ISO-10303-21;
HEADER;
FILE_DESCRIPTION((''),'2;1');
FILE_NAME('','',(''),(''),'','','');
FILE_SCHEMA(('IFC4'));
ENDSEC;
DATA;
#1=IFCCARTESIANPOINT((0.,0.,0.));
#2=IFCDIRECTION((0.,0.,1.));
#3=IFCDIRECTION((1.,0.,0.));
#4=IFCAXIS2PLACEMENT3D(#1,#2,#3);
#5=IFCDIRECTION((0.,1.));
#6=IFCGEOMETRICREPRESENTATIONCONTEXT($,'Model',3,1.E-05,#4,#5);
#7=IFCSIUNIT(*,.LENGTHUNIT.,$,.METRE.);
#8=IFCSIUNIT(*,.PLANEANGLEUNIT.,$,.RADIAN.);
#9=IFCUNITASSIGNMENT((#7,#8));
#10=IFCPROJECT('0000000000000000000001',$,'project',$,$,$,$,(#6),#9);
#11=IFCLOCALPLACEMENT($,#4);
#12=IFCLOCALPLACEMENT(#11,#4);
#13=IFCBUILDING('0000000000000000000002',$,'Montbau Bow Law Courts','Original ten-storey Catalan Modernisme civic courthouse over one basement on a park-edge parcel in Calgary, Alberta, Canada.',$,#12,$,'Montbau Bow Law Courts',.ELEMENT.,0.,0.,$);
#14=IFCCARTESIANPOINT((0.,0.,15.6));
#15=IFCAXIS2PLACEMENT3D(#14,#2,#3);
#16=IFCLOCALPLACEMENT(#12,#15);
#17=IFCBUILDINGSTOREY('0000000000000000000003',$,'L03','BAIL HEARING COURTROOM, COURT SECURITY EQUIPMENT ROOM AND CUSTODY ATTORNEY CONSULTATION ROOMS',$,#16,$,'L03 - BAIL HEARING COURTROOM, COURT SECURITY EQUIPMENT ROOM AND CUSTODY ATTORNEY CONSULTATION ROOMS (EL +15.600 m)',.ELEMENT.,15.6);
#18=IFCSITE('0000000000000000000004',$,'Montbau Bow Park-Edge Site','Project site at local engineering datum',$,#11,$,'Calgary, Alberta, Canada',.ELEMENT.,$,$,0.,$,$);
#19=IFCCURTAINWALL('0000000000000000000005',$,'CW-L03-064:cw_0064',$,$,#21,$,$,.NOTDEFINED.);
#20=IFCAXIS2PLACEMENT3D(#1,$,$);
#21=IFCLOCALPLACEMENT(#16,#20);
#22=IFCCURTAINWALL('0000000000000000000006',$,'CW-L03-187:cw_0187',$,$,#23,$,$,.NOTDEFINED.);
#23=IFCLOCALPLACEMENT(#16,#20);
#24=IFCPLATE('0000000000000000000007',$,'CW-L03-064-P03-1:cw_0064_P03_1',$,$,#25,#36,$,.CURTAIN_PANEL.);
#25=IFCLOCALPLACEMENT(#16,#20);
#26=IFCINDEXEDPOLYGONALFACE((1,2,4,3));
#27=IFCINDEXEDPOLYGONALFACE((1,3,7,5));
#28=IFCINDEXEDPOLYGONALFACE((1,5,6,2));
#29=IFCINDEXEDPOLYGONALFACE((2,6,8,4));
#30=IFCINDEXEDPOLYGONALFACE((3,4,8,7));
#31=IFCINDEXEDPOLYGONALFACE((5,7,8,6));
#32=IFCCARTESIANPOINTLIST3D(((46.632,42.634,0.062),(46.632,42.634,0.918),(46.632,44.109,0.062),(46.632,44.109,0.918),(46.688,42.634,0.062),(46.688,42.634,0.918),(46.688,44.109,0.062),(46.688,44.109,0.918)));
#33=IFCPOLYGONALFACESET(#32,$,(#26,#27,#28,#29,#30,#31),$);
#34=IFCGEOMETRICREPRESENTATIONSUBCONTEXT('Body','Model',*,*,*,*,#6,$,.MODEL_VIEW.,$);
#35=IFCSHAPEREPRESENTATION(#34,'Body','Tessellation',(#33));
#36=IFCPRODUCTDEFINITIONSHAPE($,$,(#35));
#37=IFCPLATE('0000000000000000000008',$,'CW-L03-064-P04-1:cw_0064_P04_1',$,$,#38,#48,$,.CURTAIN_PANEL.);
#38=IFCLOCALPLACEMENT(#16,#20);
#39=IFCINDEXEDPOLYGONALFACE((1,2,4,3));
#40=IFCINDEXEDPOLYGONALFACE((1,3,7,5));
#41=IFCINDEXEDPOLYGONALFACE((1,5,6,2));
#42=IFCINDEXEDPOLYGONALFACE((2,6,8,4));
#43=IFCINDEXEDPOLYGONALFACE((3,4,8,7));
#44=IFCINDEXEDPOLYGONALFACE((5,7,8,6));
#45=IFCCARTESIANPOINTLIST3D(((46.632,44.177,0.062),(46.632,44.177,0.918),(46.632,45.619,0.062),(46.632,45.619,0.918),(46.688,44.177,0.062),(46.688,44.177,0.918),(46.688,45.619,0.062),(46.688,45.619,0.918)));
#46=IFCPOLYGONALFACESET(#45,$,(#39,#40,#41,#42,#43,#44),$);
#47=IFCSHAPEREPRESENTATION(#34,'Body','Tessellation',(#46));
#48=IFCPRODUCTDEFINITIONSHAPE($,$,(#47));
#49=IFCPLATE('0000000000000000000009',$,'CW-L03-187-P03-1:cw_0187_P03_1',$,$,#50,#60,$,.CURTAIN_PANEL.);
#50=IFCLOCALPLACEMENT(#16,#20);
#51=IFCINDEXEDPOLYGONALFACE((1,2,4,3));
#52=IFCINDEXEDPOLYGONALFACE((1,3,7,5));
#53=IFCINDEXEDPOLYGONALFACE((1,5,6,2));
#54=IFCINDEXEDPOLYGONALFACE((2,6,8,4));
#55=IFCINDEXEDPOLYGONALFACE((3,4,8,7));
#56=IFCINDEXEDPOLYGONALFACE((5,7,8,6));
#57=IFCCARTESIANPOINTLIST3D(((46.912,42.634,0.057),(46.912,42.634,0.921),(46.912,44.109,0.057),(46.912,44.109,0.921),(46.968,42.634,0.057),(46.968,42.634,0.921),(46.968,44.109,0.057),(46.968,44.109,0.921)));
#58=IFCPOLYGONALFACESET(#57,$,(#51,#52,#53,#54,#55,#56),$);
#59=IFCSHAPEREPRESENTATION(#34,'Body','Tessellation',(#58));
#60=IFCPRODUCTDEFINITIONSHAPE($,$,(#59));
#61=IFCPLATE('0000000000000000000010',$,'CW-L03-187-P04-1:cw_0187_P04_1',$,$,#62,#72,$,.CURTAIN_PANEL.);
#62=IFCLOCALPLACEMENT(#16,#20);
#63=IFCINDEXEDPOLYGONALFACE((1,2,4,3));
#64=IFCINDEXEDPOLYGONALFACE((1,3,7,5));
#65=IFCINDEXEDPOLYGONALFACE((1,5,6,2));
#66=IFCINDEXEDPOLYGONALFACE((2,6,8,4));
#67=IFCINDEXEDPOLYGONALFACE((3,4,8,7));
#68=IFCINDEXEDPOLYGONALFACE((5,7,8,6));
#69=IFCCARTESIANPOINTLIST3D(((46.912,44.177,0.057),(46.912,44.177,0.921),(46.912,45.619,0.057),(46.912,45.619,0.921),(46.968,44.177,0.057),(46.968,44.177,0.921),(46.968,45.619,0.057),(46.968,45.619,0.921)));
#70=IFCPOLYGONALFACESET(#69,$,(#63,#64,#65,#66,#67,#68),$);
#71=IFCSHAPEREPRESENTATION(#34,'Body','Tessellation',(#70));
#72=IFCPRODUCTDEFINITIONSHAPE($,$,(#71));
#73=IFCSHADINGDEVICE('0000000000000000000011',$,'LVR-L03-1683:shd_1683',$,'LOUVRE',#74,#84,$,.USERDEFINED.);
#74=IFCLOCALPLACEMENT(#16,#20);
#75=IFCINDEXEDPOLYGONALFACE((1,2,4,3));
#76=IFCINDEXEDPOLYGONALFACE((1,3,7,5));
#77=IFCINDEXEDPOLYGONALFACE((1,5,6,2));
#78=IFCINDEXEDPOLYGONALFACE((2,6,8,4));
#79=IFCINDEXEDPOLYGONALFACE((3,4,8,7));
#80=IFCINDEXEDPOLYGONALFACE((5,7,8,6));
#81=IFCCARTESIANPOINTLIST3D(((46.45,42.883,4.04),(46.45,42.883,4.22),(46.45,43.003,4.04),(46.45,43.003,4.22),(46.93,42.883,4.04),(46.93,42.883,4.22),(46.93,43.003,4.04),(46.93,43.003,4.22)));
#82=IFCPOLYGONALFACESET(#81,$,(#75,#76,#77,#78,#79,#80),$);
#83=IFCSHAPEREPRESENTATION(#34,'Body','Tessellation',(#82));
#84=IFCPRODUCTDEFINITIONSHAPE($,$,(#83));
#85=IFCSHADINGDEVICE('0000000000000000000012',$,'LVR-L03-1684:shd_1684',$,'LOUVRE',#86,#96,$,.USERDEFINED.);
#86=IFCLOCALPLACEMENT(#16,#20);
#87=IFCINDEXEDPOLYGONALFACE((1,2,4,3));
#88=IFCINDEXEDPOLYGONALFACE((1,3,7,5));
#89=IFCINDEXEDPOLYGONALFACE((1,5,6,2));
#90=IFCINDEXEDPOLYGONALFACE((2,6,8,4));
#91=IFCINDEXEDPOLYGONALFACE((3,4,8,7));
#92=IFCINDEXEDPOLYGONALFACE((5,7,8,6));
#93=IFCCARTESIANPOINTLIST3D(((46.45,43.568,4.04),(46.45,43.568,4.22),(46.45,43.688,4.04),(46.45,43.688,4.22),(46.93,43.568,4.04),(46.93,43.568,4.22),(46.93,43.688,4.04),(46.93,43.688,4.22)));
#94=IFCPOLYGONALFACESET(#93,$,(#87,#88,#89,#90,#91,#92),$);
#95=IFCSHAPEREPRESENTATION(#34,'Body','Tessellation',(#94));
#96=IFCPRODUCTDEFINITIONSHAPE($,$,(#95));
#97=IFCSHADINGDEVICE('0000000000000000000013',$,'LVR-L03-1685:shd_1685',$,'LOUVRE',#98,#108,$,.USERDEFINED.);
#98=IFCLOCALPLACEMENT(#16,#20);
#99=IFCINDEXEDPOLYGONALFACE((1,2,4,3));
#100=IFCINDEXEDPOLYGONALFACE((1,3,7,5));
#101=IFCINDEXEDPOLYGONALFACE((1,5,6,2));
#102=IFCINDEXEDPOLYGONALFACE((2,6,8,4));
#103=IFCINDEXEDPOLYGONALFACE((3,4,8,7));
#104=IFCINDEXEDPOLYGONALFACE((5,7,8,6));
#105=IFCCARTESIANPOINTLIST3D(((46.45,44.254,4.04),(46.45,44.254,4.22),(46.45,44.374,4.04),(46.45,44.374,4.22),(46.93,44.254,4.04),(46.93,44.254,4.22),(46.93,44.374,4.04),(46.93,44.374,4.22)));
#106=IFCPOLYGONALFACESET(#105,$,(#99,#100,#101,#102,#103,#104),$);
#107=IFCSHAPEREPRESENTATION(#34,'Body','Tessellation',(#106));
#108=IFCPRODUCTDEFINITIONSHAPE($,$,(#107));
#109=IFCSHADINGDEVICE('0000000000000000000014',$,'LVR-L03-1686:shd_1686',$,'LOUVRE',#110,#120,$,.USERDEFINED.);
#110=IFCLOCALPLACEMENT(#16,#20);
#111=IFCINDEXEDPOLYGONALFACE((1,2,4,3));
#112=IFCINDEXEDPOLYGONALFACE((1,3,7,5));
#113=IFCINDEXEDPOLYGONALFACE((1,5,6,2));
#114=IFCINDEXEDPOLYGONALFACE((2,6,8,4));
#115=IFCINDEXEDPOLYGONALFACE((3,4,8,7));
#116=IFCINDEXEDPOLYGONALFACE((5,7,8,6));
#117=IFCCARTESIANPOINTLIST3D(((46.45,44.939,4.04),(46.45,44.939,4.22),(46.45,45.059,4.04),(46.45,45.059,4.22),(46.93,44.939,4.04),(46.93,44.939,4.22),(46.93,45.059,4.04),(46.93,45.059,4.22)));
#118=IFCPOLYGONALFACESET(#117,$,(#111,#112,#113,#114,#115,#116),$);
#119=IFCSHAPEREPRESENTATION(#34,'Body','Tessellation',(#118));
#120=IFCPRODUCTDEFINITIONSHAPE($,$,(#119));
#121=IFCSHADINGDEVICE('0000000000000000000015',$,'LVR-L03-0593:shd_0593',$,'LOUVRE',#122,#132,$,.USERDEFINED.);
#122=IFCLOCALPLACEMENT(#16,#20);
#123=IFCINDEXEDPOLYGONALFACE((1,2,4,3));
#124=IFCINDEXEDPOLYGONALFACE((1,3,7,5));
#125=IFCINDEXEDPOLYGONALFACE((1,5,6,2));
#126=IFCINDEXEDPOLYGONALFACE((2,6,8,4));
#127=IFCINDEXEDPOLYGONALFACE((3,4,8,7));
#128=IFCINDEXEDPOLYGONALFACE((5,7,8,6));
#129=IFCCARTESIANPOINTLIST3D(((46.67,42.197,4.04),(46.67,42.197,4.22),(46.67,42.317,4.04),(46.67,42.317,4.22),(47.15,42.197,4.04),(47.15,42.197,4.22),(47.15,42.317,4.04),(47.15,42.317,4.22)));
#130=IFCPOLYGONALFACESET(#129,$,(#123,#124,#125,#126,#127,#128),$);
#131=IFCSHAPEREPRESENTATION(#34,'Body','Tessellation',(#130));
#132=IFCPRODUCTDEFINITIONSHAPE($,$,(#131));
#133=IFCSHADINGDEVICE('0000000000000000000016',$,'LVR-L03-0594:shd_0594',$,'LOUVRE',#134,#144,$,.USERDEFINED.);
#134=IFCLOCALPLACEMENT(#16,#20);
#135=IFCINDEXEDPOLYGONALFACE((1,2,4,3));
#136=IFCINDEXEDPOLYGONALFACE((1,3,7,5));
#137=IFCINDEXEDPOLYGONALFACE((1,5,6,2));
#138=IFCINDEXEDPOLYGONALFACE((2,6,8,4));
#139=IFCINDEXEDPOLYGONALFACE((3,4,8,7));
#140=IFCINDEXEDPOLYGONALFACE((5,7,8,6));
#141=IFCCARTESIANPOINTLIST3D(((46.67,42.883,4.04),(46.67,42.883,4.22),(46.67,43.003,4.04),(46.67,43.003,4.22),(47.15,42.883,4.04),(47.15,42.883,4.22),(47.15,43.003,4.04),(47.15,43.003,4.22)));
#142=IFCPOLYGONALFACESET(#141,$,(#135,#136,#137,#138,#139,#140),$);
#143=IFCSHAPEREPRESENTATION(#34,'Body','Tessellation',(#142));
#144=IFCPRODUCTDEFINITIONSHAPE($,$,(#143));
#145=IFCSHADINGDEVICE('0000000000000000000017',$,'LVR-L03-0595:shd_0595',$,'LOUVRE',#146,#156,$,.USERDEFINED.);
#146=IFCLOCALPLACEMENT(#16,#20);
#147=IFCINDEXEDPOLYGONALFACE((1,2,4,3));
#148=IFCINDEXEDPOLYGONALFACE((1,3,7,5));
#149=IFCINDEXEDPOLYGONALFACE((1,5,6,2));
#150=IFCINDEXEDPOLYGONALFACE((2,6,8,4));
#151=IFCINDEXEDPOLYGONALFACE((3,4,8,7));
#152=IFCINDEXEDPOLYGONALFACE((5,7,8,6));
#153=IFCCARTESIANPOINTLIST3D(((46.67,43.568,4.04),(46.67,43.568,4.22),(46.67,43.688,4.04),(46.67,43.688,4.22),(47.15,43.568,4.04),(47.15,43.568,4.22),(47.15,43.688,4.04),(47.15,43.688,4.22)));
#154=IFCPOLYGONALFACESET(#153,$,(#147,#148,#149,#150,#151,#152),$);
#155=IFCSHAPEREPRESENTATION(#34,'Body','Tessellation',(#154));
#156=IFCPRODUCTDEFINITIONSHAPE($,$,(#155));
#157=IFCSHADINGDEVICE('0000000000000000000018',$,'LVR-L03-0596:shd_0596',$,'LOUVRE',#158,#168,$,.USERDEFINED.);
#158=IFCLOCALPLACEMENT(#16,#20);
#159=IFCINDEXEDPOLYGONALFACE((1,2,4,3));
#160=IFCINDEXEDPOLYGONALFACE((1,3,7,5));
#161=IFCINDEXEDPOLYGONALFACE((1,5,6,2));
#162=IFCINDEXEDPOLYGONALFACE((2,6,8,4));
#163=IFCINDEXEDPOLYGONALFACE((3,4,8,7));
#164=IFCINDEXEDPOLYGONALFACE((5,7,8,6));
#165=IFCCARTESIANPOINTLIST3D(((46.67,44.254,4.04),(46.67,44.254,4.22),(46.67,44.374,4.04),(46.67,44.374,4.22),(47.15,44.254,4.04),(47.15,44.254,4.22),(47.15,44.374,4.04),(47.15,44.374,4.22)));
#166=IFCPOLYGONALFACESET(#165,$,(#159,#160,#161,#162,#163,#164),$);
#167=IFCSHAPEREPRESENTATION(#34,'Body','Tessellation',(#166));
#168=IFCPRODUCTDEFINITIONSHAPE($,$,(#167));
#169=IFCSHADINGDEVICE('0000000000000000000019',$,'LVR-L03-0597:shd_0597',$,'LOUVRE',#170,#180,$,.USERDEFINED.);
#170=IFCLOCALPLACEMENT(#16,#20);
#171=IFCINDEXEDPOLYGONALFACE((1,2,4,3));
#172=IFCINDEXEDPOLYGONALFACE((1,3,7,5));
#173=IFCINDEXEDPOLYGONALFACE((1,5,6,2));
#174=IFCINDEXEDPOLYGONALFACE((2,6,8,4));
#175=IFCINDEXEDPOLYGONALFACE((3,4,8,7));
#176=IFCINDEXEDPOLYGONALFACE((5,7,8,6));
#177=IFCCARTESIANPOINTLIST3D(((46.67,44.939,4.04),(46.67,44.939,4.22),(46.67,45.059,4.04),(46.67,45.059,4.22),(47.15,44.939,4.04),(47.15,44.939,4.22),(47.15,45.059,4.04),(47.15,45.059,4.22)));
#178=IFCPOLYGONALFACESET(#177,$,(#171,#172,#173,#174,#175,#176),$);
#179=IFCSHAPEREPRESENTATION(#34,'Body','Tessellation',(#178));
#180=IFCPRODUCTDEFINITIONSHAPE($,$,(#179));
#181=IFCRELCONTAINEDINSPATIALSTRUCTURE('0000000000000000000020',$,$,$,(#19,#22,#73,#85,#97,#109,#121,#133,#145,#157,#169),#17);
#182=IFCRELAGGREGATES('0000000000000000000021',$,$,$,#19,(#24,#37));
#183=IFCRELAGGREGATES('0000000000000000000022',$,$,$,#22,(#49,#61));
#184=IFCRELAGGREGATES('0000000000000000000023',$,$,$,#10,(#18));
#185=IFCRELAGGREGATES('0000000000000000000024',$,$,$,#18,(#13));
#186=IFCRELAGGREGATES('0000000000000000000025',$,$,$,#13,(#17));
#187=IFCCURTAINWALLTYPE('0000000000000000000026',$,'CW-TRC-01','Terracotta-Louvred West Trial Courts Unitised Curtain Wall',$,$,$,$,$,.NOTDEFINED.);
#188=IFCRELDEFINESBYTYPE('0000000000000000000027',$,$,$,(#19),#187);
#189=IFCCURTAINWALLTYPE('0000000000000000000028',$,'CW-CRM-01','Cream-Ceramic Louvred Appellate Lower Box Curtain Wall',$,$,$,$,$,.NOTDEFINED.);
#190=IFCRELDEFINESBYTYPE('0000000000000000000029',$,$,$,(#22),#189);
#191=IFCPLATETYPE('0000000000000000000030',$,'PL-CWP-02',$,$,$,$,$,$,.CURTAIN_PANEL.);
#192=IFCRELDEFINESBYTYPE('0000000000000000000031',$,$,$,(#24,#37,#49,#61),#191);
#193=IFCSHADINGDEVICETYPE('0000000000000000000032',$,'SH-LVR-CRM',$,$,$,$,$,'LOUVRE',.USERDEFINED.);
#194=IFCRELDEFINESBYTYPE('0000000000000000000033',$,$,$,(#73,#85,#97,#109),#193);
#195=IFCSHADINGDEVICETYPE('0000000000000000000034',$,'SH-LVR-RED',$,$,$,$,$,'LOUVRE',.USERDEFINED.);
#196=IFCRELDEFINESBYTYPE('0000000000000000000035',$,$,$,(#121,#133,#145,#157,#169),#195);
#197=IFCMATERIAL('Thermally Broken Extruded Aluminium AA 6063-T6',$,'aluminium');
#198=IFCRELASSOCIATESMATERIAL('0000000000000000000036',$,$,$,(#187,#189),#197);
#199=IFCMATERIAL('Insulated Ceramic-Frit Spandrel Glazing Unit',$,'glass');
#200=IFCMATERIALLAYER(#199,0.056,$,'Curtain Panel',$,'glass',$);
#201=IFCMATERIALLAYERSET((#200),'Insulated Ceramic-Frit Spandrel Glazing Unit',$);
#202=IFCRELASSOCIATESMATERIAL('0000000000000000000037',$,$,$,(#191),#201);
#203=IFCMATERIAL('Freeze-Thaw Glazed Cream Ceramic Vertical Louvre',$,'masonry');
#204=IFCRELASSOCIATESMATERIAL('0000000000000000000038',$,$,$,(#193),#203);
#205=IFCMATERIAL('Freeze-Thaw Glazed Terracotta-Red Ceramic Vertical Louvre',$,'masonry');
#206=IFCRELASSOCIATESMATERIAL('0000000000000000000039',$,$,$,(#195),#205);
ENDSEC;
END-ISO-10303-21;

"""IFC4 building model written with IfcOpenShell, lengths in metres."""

from ifc_helpers import new_model, si_unit, direction, frame, frame_2d, origin_with_axes, origin_2d_with_axis, place, context, subcontext, project, spatial, rectangle, extrude, material, layer, layer_set, type_object, element, aggregate, save


model = new_model("IFC4")

# Units and contexts
model_context = context("Model", 3, precision=1e-05, world=origin_with_axes(), true_north=direction((0.0, 1.0)))
body_context = subcontext(model_context, "Body", "Model", "MODEL_VIEW")
ifc_project = project(units=[si_unit("LENGTHUNIT", "METRE"), si_unit("PLANEANGLEUNIT", "RADIAN")], contexts=[model_context])

# Site, building, storey
site_placement = place(None, origin_with_axes())
site = spatial("IfcSite", under=ifc_project, at=site_placement, Name="Montbau Bow Park-Edge Site", Description="Project site at local engineering datum", LongName="Calgary, Alberta, Canada", CompositionType="ELEMENT", RefElevation=0.0)
building_placement = place(site_placement, origin_with_axes())
building = spatial("IfcBuilding", under=site, at=building_placement, Name="Montbau Bow Law Courts", Description="Original ten-storey Catalan Modernisme civic courthouse over one basement on a park-edge parcel in Calgary, Alberta, Canada.", LongName="Montbau Bow Law Courts", CompositionType="ELEMENT", ElevationOfRefHeight=0.0, ElevationOfTerrain=0.0)
storey_placement = place(building_placement, frame((0.0, 0.0, 15.6), z_axis=(0.0, 0.0, 1.0), x_axis=(1.0, 0.0, 0.0)))
storey = spatial("IfcBuildingStorey", under=building, at=storey_placement, Name="L03", Description="BAIL HEARING COURTROOM, COURT SECURITY EQUIPMENT ROOM AND CUSTODY ATTORNEY CONSULTATION ROOMS", LongName="L03 - BAIL HEARING COURTROOM, COURT SECURITY EQUIPMENT ROOM AND CUSTODY ATTORNEY CONSULTATION ROOMS (EL +15.600 m)", CompositionType="ELEMENT", Elevation=15.6)

# Curtain walls
ifc_material_1 = material(Name="Thermally Broken Extruded Aluminium AA 6063-T6", Category="aluminium")
curtain_wall_type_1 = type_object("IfcCurtainWallType", Name="CW-TRC-01", Description="Terracotta-Louvred West Trial Courts Unitised Curtain Wall", PredefinedType="NOTDEFINED", material=ifc_material_1)
curtain_wall_1_placement = place(None, frame((46.66, 39.515, 15.6), z_axis=(0.0, 0.0, 1.0), x_axis=(1.0, 0.0, 0.0)))
curtain_wall_1 = element("IfcCurtainWall", 1, at=curtain_wall_1_placement, inside=storey, type_object=curtain_wall_type_1, Name="CW-L03-064:cw_0064", PredefinedType="NOTDEFINED")
curtain_wall_type_2 = type_object("IfcCurtainWallType", Name="CW-CRM-01", Description="Cream-Ceramic Louvred Appellate Lower Box Curtain Wall", PredefinedType="NOTDEFINED", material=ifc_material_1)
curtain_wall_2_placement = place(None, frame((46.94, 39.515, 15.6), z_axis=(0.0, 0.0, 1.0), x_axis=(1.0, 0.0, 0.0)))
curtain_wall_2 = element("IfcCurtainWall", 2, at=curtain_wall_2_placement, inside=storey, type_object=curtain_wall_type_2, Name="CW-L03-187:cw_0187", PredefinedType="NOTDEFINED")

# Plates
ifc_material_2 = material(Name="Insulated Ceramic-Frit Spandrel Glazing Unit", Category="glass")
ifc_layer_1 = layer(ifc_material_2, 0.056, Name="Curtain Panel", Category="glass")
ifc_layer_set_1 = layer_set([ifc_layer_1], Name="Insulated Ceramic-Frit Spandrel Glazing Unit")
plate_type_1 = type_object("IfcPlateType", Name="PL-CWP-02", PredefinedType="CURTAIN_PANEL", material=ifc_layer_set_1)
plate_1_placement = place(None, frame((46.66, 42.634, 15.662), z_axis=(1.0, 0.0, 0.0), x_axis=(0.0, 1.0, 0.0)))
plate_1 = element("IfcPlate", 3, at=plate_1_placement, type_object=plate_type_1, Name="CW-L03-064-P03-1:cw_0064_P03_1", PredefinedType="CURTAIN_PANEL", context=body_context, shape_type="SweptSolid", body=[
    extrude(rectangle(XDim=1.475, YDim=0.856, at=frame_2d((0.7375, 0.428), x_axis=(1.0, 0.0))), frame((0.0, 0.0, -0.028), z_axis=(0.0, 0.0, 1.0), x_axis=(1.0, 0.0, 0.0)), (0.0, 0.0, 1.0), 0.056),
])
plate_2_placement = place(None, frame((46.66, 44.177, 15.662), z_axis=(1.0, 0.0, 0.0), x_axis=(0.0, 1.0, 0.0)))
plate_2 = element("IfcPlate", 4, at=plate_2_placement, type_object=plate_type_1, Name="CW-L03-064-P04-1:cw_0064_P04_1", PredefinedType="CURTAIN_PANEL", context=body_context, shape_type="SweptSolid", body=[
    extrude(rectangle(XDim=1.442, YDim=0.856, at=frame_2d((0.721, 0.428), x_axis=(1.0, 0.0))), frame((0.0, 0.0, -0.028), z_axis=(0.0, 0.0, 1.0), x_axis=(1.0, 0.0, 0.0)), (0.0, 0.0, 1.0), 0.056),
])
aggregate(curtain_wall_1, [plate_1, plate_2])
plate_3_placement = place(None, frame((46.94, 42.634, 15.657), z_axis=(1.0, 0.0, 0.0), x_axis=(0.0, 1.0, 0.0)))
plate_3 = element("IfcPlate", 5, at=plate_3_placement, type_object=plate_type_1, Name="CW-L03-187-P03-1:cw_0187_P03_1", PredefinedType="CURTAIN_PANEL", context=body_context, shape_type="SweptSolid", body=[
    extrude(rectangle(XDim=1.475, YDim=0.864, at=frame_2d((0.7375, 0.432), x_axis=(1.0, 0.0))), frame((0.0, 0.0, -0.028), z_axis=(0.0, 0.0, 1.0), x_axis=(1.0, 0.0, 0.0)), (0.0, 0.0, 1.0), 0.056),
])
plate_4_placement = place(None, frame((46.94, 44.177, 15.657), z_axis=(1.0, 0.0, 0.0), x_axis=(0.0, 1.0, 0.0)))
plate_4 = element("IfcPlate", 6, at=plate_4_placement, type_object=plate_type_1, Name="CW-L03-187-P04-1:cw_0187_P04_1", PredefinedType="CURTAIN_PANEL", context=body_context, shape_type="SweptSolid", body=[
    extrude(rectangle(XDim=1.442, YDim=0.864, at=frame_2d((0.721, 0.432), x_axis=(1.0, 0.0))), frame((0.0, 0.0, -0.028), z_axis=(0.0, 0.0, 1.0), x_axis=(1.0, 0.0, 0.0)), (0.0, 0.0, 1.0), 0.056),
])
aggregate(curtain_wall_2, [plate_3, plate_4])

# Shading devices
ifc_material_3 = material(Name="Freeze-Thaw Glazed Cream Ceramic Vertical Louvre", Category="masonry")
shading_device_type_1 = type_object("IfcShadingDeviceType", Name="SH-LVR-CRM", ElementType="LOUVRE", PredefinedType="USERDEFINED", material=ifc_material_3)
for number, where, z_axis, x_axis, name in (
    (7, (46.69, 42.943, 19.64), (0.0, 0.0, 1.0), (-1.0, 0.0, 0.0), "LVR-L03-1683:shd_1683"),
    (8, (46.69, 43.628, 19.64), (0.0, 0.0, 1.0), (-1.0, 0.0, 0.0), "LVR-L03-1684:shd_1684"),
    (9, (46.69, 44.314, 19.64), (0.0, 0.0, 1.0), (-1.0, 0.0, 0.0), "LVR-L03-1685:shd_1685"),
    (10, (46.69, 44.999, 19.64), (0.0, 0.0, 1.0), (-1.0, 0.0, 0.0), "LVR-L03-1686:shd_1686"),
):
    element("IfcShadingDevice", number, at=place(None, frame(where, z_axis=z_axis, x_axis=x_axis)), inside=storey, type_object=shading_device_type_1, Name=name, ObjectType="LOUVRE", PredefinedType="USERDEFINED", context=body_context, shape_type="SweptSolid", body=[
        extrude(rectangle(XDim=0.48, YDim=0.12, at=origin_2d_with_axis()), origin_with_axes(), (0.0, 0.0, 1.0), 0.18),
    ])
ifc_material_4 = material(Name="Freeze-Thaw Glazed Terracotta-Red Ceramic Vertical Louvre", Category="masonry")
shading_device_type_2 = type_object("IfcShadingDeviceType", Name="SH-LVR-RED", ElementType="LOUVRE", PredefinedType="USERDEFINED", material=ifc_material_4)
for number, where, z_axis, x_axis, name in (
    (11, (46.91, 42.257, 19.64), (0.0, 0.0, 1.0), (1.0, 0.0, 0.0), "LVR-L03-0593:shd_0593"),
    (12, (46.91, 42.943, 19.64), (0.0, 0.0, 1.0), (1.0, 0.0, 0.0), "LVR-L03-0594:shd_0594"),
    (13, (46.91, 43.628, 19.64), (0.0, 0.0, 1.0), (1.0, 0.0, 0.0), "LVR-L03-0595:shd_0595"),
    (14, (46.91, 44.314, 19.64), (0.0, 0.0, 1.0), (1.0, 0.0, 0.0), "LVR-L03-0596:shd_0596"),
    (15, (46.91, 44.999, 19.64), (0.0, 0.0, 1.0), (1.0, 0.0, 0.0), "LVR-L03-0597:shd_0597"),
):
    element("IfcShadingDevice", number, at=place(None, frame(where, z_axis=z_axis, x_axis=x_axis)), inside=storey, type_object=shading_device_type_2, Name=name, ObjectType="LOUVRE", PredefinedType="USERDEFINED", context=body_context, shape_type="SweptSolid", body=[
        extrude(rectangle(XDim=0.48, YDim=0.12, at=origin_2d_with_axis()), origin_with_axes(), (0.0, 0.0, 1.0), 0.18),
    ])

save(model, "model.ifc")
